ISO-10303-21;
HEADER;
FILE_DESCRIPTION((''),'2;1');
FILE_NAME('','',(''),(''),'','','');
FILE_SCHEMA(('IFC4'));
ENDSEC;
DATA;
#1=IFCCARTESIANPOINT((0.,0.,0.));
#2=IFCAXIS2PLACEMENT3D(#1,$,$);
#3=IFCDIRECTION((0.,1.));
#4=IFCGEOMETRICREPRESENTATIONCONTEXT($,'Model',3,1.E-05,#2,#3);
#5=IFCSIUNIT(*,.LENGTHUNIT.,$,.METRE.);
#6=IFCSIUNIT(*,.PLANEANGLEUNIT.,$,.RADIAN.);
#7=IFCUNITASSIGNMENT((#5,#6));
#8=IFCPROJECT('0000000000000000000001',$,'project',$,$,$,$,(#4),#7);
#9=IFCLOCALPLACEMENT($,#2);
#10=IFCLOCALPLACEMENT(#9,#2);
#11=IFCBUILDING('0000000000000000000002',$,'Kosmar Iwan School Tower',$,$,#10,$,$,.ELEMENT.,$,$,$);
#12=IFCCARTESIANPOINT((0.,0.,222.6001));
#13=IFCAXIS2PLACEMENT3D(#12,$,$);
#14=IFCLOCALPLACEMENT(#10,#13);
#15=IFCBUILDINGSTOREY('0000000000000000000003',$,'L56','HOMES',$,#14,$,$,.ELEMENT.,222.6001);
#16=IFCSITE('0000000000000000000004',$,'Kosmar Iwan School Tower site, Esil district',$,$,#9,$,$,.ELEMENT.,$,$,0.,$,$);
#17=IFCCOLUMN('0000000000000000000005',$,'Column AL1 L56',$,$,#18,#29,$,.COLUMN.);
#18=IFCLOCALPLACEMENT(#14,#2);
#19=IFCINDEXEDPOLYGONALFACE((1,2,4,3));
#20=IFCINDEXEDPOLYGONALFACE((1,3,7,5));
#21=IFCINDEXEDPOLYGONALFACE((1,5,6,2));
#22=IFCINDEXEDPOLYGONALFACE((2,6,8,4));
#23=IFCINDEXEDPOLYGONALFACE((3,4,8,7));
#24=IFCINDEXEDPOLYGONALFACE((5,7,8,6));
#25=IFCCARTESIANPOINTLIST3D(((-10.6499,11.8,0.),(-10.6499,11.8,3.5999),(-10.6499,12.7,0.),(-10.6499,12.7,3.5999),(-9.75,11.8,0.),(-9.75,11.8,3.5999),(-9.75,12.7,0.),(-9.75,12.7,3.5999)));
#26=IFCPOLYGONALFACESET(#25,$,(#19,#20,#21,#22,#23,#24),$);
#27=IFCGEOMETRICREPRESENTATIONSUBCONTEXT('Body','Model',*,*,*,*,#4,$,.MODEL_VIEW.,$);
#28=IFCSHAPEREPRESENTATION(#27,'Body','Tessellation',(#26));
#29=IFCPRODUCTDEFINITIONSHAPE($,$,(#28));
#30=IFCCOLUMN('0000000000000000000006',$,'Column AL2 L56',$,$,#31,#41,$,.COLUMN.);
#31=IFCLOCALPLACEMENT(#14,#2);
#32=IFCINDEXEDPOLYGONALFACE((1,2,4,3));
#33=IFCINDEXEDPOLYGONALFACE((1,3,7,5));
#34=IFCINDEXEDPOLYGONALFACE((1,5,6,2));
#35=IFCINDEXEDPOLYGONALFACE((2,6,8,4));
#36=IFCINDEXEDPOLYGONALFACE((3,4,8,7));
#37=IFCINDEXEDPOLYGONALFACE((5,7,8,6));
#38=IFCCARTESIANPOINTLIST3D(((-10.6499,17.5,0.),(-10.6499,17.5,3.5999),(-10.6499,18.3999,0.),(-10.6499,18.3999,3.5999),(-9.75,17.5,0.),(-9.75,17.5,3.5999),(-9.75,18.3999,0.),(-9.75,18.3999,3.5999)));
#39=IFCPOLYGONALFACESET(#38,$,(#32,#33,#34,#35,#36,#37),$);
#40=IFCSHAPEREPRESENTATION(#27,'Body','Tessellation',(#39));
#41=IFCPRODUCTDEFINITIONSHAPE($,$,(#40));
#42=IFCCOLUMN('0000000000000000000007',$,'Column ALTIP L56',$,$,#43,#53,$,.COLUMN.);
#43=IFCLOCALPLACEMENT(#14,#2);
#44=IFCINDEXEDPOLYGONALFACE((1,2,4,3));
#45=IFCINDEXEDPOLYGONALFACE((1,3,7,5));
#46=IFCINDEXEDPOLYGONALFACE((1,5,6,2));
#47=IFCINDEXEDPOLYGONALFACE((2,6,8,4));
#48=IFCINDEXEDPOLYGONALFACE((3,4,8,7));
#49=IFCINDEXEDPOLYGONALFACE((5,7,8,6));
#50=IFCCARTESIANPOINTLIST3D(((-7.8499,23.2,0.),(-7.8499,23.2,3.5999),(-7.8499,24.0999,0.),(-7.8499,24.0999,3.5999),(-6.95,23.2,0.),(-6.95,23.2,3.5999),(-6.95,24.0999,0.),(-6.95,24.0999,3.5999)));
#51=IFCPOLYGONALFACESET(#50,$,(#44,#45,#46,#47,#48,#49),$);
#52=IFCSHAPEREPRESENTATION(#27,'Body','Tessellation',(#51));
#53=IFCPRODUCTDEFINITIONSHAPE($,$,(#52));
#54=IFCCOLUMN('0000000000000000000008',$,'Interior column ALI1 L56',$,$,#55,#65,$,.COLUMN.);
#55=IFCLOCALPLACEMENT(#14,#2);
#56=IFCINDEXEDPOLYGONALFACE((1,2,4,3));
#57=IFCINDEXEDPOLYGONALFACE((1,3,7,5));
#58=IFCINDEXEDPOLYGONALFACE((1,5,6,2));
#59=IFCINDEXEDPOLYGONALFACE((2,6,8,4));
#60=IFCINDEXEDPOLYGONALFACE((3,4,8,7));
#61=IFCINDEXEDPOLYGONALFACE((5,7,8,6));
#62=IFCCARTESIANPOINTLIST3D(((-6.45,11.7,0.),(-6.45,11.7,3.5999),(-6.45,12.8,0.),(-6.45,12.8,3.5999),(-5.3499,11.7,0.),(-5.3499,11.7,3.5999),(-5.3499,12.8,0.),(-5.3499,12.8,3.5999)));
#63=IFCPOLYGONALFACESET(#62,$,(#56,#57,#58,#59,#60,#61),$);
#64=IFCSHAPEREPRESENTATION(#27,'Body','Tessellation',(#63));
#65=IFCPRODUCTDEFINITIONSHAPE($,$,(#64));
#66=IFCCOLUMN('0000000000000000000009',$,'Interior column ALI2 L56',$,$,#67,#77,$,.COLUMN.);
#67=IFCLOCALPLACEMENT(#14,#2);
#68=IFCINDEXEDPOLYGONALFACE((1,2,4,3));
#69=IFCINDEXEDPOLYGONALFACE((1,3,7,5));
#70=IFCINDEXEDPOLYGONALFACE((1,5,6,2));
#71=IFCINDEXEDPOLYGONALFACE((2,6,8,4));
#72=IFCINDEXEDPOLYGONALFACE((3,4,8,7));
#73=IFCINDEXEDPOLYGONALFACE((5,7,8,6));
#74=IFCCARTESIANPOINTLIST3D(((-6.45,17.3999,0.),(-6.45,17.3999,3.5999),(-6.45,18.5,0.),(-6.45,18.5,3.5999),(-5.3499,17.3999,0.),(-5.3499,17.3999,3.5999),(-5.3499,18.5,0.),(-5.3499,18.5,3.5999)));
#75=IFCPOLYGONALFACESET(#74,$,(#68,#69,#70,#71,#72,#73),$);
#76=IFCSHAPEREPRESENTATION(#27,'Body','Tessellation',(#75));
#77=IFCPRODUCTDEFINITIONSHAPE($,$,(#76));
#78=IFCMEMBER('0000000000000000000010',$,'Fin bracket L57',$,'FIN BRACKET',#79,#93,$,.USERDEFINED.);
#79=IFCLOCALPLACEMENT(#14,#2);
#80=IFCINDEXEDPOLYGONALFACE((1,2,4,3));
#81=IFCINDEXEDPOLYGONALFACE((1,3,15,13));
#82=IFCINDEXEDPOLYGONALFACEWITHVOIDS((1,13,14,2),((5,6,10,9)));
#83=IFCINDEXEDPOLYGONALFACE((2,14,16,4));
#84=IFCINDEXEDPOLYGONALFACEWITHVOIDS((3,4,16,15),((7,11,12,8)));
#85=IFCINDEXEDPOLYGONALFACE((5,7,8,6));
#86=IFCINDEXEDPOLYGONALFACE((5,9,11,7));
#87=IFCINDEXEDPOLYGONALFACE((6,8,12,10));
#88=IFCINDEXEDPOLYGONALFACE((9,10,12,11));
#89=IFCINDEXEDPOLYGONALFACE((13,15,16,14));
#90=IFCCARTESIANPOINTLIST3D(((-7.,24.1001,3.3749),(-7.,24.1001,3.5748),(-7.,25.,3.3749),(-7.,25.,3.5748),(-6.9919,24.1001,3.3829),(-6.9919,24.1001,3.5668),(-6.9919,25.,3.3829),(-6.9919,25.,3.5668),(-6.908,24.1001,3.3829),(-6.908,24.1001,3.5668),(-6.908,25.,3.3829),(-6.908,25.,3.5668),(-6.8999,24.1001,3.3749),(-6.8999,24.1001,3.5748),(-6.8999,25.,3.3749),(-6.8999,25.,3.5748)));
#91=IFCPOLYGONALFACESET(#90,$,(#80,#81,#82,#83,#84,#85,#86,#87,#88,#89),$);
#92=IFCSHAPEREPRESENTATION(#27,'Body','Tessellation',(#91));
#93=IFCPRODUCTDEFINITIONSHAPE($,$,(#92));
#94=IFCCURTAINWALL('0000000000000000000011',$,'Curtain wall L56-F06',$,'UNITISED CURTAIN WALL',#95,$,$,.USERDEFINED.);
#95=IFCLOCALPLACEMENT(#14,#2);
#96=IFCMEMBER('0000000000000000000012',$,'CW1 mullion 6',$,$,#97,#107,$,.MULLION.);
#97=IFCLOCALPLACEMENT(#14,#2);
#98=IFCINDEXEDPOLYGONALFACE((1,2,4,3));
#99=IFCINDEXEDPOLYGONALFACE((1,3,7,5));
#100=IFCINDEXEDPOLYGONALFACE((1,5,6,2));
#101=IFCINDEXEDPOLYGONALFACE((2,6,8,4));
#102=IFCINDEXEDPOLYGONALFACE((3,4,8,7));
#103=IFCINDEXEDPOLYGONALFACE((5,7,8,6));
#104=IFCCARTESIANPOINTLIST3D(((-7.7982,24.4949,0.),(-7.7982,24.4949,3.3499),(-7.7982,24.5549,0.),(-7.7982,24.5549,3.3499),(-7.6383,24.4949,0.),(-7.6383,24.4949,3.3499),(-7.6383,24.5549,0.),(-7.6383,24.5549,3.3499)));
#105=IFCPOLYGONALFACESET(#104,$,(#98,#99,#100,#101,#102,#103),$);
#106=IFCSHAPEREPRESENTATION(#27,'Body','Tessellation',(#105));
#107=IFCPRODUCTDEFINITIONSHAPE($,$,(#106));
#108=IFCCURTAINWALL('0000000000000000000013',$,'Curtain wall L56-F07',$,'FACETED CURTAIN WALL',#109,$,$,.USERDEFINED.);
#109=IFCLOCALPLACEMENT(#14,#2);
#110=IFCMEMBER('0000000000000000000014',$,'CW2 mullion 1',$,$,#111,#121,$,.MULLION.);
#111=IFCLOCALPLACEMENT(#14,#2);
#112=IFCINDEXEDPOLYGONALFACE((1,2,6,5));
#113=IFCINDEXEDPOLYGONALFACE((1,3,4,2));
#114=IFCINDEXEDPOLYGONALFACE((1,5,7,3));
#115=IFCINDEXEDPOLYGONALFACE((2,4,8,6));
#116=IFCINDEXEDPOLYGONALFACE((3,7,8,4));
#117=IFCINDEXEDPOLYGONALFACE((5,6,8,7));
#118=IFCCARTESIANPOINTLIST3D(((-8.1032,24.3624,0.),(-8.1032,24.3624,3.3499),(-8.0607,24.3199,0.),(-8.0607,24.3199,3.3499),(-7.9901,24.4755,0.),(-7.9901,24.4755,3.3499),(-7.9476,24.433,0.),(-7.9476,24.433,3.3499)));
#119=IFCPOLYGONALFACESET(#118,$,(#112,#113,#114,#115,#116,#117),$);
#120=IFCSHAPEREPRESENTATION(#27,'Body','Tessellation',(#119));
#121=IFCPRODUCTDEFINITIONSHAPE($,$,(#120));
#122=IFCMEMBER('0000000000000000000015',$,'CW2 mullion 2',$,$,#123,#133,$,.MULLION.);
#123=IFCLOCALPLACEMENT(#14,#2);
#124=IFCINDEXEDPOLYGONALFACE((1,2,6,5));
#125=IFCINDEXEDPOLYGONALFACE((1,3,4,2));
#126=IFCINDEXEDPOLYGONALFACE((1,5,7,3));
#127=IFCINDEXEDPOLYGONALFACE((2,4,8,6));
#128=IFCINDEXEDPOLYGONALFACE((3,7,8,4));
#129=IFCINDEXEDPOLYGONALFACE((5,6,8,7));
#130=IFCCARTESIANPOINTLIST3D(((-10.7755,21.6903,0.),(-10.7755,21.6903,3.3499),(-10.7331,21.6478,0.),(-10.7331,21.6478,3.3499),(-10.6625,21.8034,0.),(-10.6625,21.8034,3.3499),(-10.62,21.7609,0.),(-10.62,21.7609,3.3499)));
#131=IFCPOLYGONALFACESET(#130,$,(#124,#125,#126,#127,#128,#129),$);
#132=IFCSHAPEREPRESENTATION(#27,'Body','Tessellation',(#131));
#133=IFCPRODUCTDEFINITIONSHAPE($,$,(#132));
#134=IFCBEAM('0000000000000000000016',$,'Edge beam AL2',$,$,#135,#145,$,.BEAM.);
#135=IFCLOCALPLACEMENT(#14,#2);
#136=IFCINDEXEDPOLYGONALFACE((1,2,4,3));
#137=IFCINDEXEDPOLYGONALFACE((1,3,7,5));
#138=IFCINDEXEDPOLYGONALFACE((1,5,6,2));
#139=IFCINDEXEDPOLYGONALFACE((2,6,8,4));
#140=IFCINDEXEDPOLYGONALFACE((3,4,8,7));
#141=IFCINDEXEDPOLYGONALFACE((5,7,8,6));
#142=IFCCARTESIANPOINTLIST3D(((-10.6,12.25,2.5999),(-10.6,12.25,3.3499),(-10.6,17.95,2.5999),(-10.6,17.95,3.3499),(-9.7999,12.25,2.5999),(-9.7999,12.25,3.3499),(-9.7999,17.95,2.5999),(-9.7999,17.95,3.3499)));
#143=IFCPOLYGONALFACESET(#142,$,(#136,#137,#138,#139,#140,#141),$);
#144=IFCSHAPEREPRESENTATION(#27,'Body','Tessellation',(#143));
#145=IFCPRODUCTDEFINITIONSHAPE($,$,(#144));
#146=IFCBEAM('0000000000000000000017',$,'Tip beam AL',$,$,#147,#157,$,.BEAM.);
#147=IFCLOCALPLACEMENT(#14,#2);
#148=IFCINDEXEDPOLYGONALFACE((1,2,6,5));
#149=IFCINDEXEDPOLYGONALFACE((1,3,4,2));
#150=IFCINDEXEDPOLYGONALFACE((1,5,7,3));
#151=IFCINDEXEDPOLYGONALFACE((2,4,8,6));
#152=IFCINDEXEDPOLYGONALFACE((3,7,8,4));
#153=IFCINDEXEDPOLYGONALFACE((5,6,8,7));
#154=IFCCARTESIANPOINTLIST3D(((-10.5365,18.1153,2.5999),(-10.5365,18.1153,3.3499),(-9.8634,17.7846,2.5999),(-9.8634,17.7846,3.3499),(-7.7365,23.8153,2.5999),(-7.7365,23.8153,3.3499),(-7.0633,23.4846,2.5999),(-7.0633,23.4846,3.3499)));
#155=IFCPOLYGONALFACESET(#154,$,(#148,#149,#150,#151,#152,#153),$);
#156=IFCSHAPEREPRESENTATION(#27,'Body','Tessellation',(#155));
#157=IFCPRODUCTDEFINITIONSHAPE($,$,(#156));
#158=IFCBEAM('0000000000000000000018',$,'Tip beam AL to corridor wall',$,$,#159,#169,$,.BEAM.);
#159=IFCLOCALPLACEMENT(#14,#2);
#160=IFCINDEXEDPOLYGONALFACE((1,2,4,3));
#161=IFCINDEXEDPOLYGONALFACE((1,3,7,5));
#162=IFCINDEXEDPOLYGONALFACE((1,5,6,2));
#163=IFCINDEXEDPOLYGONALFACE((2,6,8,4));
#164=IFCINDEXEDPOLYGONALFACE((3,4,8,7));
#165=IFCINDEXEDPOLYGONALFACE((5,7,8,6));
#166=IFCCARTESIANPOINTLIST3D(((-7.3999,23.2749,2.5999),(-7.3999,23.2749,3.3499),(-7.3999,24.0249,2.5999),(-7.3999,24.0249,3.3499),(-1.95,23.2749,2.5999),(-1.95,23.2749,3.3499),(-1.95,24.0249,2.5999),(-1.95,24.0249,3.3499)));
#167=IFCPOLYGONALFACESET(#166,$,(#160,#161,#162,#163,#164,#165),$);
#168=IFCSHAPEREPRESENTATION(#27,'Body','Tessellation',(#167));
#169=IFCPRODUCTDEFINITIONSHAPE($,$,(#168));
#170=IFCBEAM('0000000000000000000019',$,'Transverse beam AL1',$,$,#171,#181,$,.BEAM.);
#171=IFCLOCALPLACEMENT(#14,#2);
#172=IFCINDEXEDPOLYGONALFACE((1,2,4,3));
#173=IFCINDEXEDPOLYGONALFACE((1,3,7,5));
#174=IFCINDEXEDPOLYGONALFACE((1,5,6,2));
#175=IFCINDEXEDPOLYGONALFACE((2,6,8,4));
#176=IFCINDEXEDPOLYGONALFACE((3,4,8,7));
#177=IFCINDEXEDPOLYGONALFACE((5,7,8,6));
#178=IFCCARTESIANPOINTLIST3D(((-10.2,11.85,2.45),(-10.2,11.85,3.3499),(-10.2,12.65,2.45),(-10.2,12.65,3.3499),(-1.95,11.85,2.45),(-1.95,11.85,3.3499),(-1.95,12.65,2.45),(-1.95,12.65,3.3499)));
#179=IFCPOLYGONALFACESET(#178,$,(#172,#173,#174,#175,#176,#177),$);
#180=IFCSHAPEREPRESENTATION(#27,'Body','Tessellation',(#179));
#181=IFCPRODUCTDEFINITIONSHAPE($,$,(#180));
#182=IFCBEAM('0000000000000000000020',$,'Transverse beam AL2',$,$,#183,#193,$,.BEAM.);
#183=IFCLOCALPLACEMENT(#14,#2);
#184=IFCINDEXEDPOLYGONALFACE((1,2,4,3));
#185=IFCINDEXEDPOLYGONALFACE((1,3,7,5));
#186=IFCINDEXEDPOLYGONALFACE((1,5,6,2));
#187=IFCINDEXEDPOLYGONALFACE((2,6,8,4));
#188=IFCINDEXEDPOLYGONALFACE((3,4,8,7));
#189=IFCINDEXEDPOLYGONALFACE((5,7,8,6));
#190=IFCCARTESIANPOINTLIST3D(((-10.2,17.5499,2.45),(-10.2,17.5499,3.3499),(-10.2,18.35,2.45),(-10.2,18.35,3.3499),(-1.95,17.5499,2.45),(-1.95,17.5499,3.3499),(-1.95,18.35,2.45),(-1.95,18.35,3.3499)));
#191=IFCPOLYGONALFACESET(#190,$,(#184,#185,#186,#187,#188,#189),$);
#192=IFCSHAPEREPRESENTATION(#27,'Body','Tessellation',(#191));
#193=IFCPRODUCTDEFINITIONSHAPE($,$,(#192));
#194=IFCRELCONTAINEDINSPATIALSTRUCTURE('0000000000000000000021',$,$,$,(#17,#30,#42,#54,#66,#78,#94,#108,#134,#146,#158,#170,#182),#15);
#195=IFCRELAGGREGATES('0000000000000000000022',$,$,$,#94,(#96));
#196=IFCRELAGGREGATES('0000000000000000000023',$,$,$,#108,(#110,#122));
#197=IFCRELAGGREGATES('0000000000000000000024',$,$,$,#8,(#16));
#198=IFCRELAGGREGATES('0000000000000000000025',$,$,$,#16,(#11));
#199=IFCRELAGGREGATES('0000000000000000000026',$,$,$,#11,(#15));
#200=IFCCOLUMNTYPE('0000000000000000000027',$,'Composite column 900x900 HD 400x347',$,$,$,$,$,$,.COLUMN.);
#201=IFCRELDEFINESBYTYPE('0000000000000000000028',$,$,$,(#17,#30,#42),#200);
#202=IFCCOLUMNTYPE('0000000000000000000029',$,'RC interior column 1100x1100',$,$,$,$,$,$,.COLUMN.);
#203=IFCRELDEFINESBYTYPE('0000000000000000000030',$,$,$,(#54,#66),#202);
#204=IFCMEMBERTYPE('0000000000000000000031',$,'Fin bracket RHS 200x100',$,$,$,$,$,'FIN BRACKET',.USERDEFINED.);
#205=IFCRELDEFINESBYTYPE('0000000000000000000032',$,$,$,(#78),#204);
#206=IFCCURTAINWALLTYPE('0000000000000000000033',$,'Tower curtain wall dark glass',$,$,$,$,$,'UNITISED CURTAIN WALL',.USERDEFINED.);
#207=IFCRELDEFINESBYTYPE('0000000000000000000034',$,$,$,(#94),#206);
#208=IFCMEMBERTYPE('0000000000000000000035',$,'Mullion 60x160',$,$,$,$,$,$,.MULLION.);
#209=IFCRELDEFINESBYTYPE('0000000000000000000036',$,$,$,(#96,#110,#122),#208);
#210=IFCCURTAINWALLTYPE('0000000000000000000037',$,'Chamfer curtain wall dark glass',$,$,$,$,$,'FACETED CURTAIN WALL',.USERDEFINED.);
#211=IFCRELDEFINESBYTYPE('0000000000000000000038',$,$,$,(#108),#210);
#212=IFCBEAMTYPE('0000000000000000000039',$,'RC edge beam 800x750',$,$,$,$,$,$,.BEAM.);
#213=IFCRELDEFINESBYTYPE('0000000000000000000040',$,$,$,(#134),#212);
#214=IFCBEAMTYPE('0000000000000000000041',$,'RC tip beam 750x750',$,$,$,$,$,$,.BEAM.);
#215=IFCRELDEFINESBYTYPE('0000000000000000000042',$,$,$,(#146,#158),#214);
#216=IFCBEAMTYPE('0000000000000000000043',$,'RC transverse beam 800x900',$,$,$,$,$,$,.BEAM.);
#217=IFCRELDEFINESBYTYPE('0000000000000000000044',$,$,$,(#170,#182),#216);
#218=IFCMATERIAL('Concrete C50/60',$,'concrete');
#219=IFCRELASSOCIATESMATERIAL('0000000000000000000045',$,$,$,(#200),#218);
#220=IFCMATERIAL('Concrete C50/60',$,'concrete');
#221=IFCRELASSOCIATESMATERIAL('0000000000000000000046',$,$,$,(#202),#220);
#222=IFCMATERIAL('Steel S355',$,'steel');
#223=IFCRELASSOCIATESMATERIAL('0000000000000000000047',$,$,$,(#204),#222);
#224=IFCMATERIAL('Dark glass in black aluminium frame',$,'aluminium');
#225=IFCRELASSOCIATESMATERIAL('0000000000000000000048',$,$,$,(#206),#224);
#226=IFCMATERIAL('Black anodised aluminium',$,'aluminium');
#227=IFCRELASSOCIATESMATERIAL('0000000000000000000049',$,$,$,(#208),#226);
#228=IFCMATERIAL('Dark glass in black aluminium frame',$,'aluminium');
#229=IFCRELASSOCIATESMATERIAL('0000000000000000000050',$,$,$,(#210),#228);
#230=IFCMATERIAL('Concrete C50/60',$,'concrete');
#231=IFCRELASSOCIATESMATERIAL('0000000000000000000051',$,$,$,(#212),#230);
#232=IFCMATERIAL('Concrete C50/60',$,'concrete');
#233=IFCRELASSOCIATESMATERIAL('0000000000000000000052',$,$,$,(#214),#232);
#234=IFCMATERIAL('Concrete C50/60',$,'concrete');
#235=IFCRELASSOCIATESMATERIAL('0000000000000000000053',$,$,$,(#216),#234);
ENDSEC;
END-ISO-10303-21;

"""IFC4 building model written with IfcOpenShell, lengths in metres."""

from ifc_helpers import new_model, si_unit, direction, frame, origin, origin_2d, place, context, subcontext, project, spatial, rectangle, hollow_rectangle, extrude, material, material_profile, profile_set, type_object, element, aggregate, save


model = new_model("IFC4")

# Units and contexts
model_context = context("Model", 3, precision=1e-05, world=origin(), true_north=direction((0.0, 1.0)))
body_context = subcontext(model_context, "Body", "Model", "MODEL_VIEW")
ifc_project = project(units=[si_unit("LENGTHUNIT", "METRE"), si_unit("PLANEANGLEUNIT", "RADIAN")], contexts=[model_context])

# Site, building, storey
site_placement = place(None, origin())
site = spatial("IfcSite", under=ifc_project, at=site_placement, Name="Kosmar Iwan School Tower site, Esil district", CompositionType="ELEMENT", RefElevation=0.0)
building_placement = place(site_placement, origin())
building = spatial("IfcBuilding", under=site, at=building_placement, Name="Kosmar Iwan School Tower", CompositionType="ELEMENT")
storey_placement = place(building_placement, frame((0.0, 0.0, 222.6001)))
storey = spatial("IfcBuildingStorey", under=building, at=storey_placement, Name="L56", Description="HOMES", CompositionType="ELEMENT", Elevation=222.6001)

# Columns
ifc_material_1 = material(Name="Concrete C50/60", Category="concrete")
ifc_material_profile_1 = material_profile(ifc_material_1, rectangle(XDim=0.8999, YDim=0.8999, at=origin_2d()), Name="RC 900x900 + HD 400x347")
ifc_profile_set_1 = profile_set([ifc_material_profile_1], Name="Concrete C50/60")
column_type_1 = type_object("IfcColumnType", Name="Composite column 900x900 HD 400x347", PredefinedType="COLUMN", material=ifc_profile_set_1)
for number, where, z_axis, x_axis, name in (
    (1, (-10.2, 12.25, 0.0), (0.0, 0.0, 1.0), (0.0, 1.0, 0.0), "Column AL1 L56"),
    (2, (-10.2, 17.95, 0.0), (0.0, 0.0, 1.0), (0.0, 1.0, 0.0), "Column AL2 L56"),
    (3, (-7.3999, 23.6499, 0.0), (0.0, 0.0, 1.0), (0.0, 1.0, 0.0), "Column ALTIP L56"),
):
    element("IfcColumn", number, at=place(storey_placement, frame(where, z_axis=z_axis, x_axis=x_axis)), inside=storey, type_object=column_type_1, Name=name, PredefinedType="COLUMN", context=body_context, shape_type="SweptSolid", body=[
        extrude(rectangle(XDim=0.8999, YDim=0.8999, at=origin_2d()), origin(), (0.0, 0.0, 1.0), 3.5999),
    ])
ifc_material_2 = material(Name="Concrete C50/60", Category="concrete")
ifc_material_profile_2 = material_profile(ifc_material_2, rectangle(XDim=1.1001, YDim=1.1001, at=origin_2d()), Name="RC 1100x1100")
ifc_profile_set_2 = profile_set([ifc_material_profile_2], Name="Concrete C50/60")
column_type_2 = type_object("IfcColumnType", Name="RC interior column 1100x1100", PredefinedType="COLUMN", material=ifc_profile_set_2)
for number, where, z_axis, x_axis, name in (
    (4, (-5.8999, 12.25, 0.0), (0.0, 0.0, 1.0), (0.0, 1.0, 0.0), "Interior column ALI1 L56"),
    (5, (-5.8999, 17.95, 0.0), (0.0, 0.0, 1.0), (0.0, 1.0, 0.0), "Interior column ALI2 L56"),
):
    element("IfcColumn", number, at=place(storey_placement, frame(where, z_axis=z_axis, x_axis=x_axis)), inside=storey, type_object=column_type_2, Name=name, PredefinedType="COLUMN", context=body_context, shape_type="SweptSolid", body=[
        extrude(rectangle(XDim=1.1001, YDim=1.1001, at=origin_2d()), origin(), (0.0, 0.0, 1.0), 3.5999),
    ])

# Member
ifc_material_3 = material(Name="Steel S355", Category="steel")
ifc_material_profile_3 = material_profile(ifc_material_3, hollow_rectangle(XDim=0.1001, YDim=0.2, WallThickness=0.0081, at=origin_2d()), Name="RHS 200x100x8")
ifc_profile_set_3 = profile_set([ifc_material_profile_3], Name="Steel S355")
member_type_1 = type_object("IfcMemberType", Name="Fin bracket RHS 200x100", ElementType="FIN BRACKET", PredefinedType="USERDEFINED", material=ifc_profile_set_3)
member_1_placement = place(storey_placement, frame((-6.95, 24.1001, 3.4749), z_axis=(0.0, 1.0, 0.0), x_axis=(-1.0, 0.0, 0.0)))
element("IfcMember", 6, at=member_1_placement, inside=storey, type_object=member_type_1, Name="Fin bracket L57", ObjectType="FIN BRACKET", PredefinedType="USERDEFINED", context=body_context, shape_type="SweptSolid", body=[
    extrude(hollow_rectangle(XDim=0.1001, YDim=0.2, WallThickness=0.0081, at=origin_2d()), origin(), (0.0, 0.0, 1.0), 0.8999),
])

# Curtain wall, member
ifc_material_4 = material(Name="Dark glass in black aluminium frame", Category="aluminium")
curtain_wall_type_1 = type_object("IfcCurtainWallType", Name="Tower curtain wall dark glass", ElementType="UNITISED CURTAIN WALL", PredefinedType="USERDEFINED", material=ifc_material_4)
curtain_wall_1_placement = place(storey_placement, origin())
curtain_wall_1 = element("IfcCurtainWall", 7, at=curtain_wall_1_placement, inside=storey, type_object=curtain_wall_type_1, Name="Curtain wall L56-F06", ObjectType="UNITISED CURTAIN WALL", PredefinedType="USERDEFINED")
ifc_material_5 = material(Name="Black anodised aluminium", Category="aluminium")
ifc_material_profile_4 = material_profile(ifc_material_5, rectangle(XDim=0.0601, YDim=0.1599, at=origin_2d()), Name="MULLION 60x160")
ifc_profile_set_4 = profile_set([ifc_material_profile_4], Name="Black anodised aluminium")
member_type_2 = type_object("IfcMemberType", Name="Mullion 60x160", PredefinedType="MULLION", material=ifc_profile_set_4)
member_2_placement = place(storey_placement, frame((-7.7183, 24.5249, 0.0), z_axis=(0.0, 0.0, 1.0), x_axis=(0.0, -1.0, 0.0)))
member_2 = element("IfcMember", 8, at=member_2_placement, type_object=member_type_2, Name="CW1 mullion 6", PredefinedType="MULLION", context=body_context, shape_type="SweptSolid", body=[
    extrude(rectangle(XDim=0.0601, YDim=0.1599, at=origin_2d()), origin(), (0.0, 0.0, 1.0), 3.3499),
])

# Curtain wall, members
ifc_material_6 = material(Name="Dark glass in black aluminium frame", Category="aluminium")
curtain_wall_type_2 = type_object("IfcCurtainWallType", Name="Chamfer curtain wall dark glass", ElementType="FACETED CURTAIN WALL", PredefinedType="USERDEFINED", material=ifc_material_6)
curtain_wall_2_placement = place(storey_placement, origin())
curtain_wall_2 = element("IfcCurtainWall", 9, at=curtain_wall_2_placement, inside=storey, type_object=curtain_wall_type_2, Name="Curtain wall L56-F07", ObjectType="FACETED CURTAIN WALL", PredefinedType="USERDEFINED")
member_3_placement = place(storey_placement, frame((-8.0254, 24.3977, 0.0), z_axis=(0.0, 0.0, 1.0), x_axis=(0.707107, -0.707107, 0.0)))
member_3 = element("IfcMember", 10, at=member_3_placement, type_object=member_type_2, Name="CW2 mullion 1", PredefinedType="MULLION", context=body_context, shape_type="SweptSolid", body=[
    extrude(rectangle(XDim=0.0601, YDim=0.1599, at=origin_2d()), origin(), (0.0, 0.0, 1.0), 3.3499),
])
member_4_placement = place(storey_placement, frame((-10.6978, 21.7256, 0.0), z_axis=(0.0, 0.0, 1.0), x_axis=(0.707107, -0.707107, 0.0)))
member_4 = element("IfcMember", 11, at=member_4_placement, type_object=member_type_2, Name="CW2 mullion 2", PredefinedType="MULLION", context=body_context, shape_type="SweptSolid", body=[
    extrude(rectangle(XDim=0.0601, YDim=0.1599, at=origin_2d()), origin(), (0.0, 0.0, 1.0), 3.3499),
])

# Beams
ifc_material_7 = material(Name="Concrete C50/60", Category="concrete")
ifc_material_profile_5 = material_profile(ifc_material_7, rectangle(XDim=0.8, YDim=0.75, at=origin_2d()), Name="RC 800x750")
ifc_profile_set_5 = profile_set([ifc_material_profile_5], Name="Concrete C50/60")
beam_type_1 = type_object("IfcBeamType", Name="RC edge beam 800x750", PredefinedType="BEAM", material=ifc_profile_set_5)
beam_1_placement = place(storey_placement, frame((-10.2, 12.25, 2.9749), z_axis=(0.0, 1.0, 0.0), x_axis=(-1.0, 0.0, 0.0)))
element("IfcBeam", 12, at=beam_1_placement, inside=storey, type_object=beam_type_1, Name="Edge beam AL2", PredefinedType="BEAM", context=body_context, shape_type="SweptSolid", body=[
    extrude(rectangle(XDim=0.8, YDim=0.75, at=origin_2d()), origin(), (0.0, 0.0, 1.0), 5.7),
])
ifc_material_8 = material(Name="Concrete C50/60", Category="concrete")
ifc_material_profile_6 = material_profile(ifc_material_8, rectangle(XDim=0.75, YDim=0.75, at=origin_2d()), Name="RC 750x750")
ifc_profile_set_6 = profile_set([ifc_material_profile_6], Name="Concrete C50/60")
beam_type_2 = type_object("IfcBeamType", Name="RC tip beam 750x750", PredefinedType="BEAM", material=ifc_profile_set_6)
beam_2_placement = place(storey_placement, frame((-10.2, 17.95, 2.9749), z_axis=(0.440913, 0.89755, 0.0), x_axis=(-0.89755, 0.440913, 0.0)))
element("IfcBeam", 13, at=beam_2_placement, inside=storey, type_object=beam_type_2, Name="Tip beam AL", PredefinedType="BEAM", context=body_context, shape_type="SweptSolid", body=[
    extrude(rectangle(XDim=0.75, YDim=0.75, at=origin_2d()), origin(), (0.0, 0.0, 1.0), 6.3506),
])
beam_3_placement = place(storey_placement, frame((-7.3999, 23.6499, 2.9749), z_axis=(1.0, 0.0, 0.0), x_axis=(0.0, 1.0, 0.0)))
element("IfcBeam", 14, at=beam_3_placement, inside=storey, type_object=beam_type_2, Name="Tip beam AL to corridor wall", PredefinedType="BEAM", context=body_context, shape_type="SweptSolid", body=[
    extrude(rectangle(XDim=0.75, YDim=0.75, at=origin_2d()), origin(), (0.0, 0.0, 1.0), 5.45),
])
ifc_material_9 = material(Name="Concrete C50/60", Category="concrete")
ifc_material_profile_7 = material_profile(ifc_material_9, rectangle(XDim=0.8, YDim=0.8999, at=origin_2d()), Name="RC 800x900")
ifc_profile_set_7 = profile_set([ifc_material_profile_7], Name="Concrete C50/60")
beam_type_3 = type_object("IfcBeamType", Name="RC transverse beam 800x900", PredefinedType="BEAM", material=ifc_profile_set_7)
for number, where, z_axis, x_axis, name in (
    (15, (-10.2, 12.25, 2.8999), (1.0, 0.0, 0.0), (0.0, 1.0, 0.0), "Transverse beam AL1"),
    (16, (-10.2, 17.95, 2.8999), (1.0, 0.0, 0.0), (0.0, 1.0, 0.0), "Transverse beam AL2"),
):
    element("IfcBeam", number, at=place(storey_placement, frame(where, z_axis=z_axis, x_axis=x_axis)), inside=storey, type_object=beam_type_3, Name=name, PredefinedType="BEAM", context=body_context, shape_type="SweptSolid", body=[
        extrude(rectangle(XDim=0.8, YDim=0.8999, at=origin_2d()), origin(), (0.0, 0.0, 1.0), 8.25),
    ])

aggregate(curtain_wall_1, [member_2])
aggregate(curtain_wall_2, [member_3, member_4])

save(model, "model.ifc")
